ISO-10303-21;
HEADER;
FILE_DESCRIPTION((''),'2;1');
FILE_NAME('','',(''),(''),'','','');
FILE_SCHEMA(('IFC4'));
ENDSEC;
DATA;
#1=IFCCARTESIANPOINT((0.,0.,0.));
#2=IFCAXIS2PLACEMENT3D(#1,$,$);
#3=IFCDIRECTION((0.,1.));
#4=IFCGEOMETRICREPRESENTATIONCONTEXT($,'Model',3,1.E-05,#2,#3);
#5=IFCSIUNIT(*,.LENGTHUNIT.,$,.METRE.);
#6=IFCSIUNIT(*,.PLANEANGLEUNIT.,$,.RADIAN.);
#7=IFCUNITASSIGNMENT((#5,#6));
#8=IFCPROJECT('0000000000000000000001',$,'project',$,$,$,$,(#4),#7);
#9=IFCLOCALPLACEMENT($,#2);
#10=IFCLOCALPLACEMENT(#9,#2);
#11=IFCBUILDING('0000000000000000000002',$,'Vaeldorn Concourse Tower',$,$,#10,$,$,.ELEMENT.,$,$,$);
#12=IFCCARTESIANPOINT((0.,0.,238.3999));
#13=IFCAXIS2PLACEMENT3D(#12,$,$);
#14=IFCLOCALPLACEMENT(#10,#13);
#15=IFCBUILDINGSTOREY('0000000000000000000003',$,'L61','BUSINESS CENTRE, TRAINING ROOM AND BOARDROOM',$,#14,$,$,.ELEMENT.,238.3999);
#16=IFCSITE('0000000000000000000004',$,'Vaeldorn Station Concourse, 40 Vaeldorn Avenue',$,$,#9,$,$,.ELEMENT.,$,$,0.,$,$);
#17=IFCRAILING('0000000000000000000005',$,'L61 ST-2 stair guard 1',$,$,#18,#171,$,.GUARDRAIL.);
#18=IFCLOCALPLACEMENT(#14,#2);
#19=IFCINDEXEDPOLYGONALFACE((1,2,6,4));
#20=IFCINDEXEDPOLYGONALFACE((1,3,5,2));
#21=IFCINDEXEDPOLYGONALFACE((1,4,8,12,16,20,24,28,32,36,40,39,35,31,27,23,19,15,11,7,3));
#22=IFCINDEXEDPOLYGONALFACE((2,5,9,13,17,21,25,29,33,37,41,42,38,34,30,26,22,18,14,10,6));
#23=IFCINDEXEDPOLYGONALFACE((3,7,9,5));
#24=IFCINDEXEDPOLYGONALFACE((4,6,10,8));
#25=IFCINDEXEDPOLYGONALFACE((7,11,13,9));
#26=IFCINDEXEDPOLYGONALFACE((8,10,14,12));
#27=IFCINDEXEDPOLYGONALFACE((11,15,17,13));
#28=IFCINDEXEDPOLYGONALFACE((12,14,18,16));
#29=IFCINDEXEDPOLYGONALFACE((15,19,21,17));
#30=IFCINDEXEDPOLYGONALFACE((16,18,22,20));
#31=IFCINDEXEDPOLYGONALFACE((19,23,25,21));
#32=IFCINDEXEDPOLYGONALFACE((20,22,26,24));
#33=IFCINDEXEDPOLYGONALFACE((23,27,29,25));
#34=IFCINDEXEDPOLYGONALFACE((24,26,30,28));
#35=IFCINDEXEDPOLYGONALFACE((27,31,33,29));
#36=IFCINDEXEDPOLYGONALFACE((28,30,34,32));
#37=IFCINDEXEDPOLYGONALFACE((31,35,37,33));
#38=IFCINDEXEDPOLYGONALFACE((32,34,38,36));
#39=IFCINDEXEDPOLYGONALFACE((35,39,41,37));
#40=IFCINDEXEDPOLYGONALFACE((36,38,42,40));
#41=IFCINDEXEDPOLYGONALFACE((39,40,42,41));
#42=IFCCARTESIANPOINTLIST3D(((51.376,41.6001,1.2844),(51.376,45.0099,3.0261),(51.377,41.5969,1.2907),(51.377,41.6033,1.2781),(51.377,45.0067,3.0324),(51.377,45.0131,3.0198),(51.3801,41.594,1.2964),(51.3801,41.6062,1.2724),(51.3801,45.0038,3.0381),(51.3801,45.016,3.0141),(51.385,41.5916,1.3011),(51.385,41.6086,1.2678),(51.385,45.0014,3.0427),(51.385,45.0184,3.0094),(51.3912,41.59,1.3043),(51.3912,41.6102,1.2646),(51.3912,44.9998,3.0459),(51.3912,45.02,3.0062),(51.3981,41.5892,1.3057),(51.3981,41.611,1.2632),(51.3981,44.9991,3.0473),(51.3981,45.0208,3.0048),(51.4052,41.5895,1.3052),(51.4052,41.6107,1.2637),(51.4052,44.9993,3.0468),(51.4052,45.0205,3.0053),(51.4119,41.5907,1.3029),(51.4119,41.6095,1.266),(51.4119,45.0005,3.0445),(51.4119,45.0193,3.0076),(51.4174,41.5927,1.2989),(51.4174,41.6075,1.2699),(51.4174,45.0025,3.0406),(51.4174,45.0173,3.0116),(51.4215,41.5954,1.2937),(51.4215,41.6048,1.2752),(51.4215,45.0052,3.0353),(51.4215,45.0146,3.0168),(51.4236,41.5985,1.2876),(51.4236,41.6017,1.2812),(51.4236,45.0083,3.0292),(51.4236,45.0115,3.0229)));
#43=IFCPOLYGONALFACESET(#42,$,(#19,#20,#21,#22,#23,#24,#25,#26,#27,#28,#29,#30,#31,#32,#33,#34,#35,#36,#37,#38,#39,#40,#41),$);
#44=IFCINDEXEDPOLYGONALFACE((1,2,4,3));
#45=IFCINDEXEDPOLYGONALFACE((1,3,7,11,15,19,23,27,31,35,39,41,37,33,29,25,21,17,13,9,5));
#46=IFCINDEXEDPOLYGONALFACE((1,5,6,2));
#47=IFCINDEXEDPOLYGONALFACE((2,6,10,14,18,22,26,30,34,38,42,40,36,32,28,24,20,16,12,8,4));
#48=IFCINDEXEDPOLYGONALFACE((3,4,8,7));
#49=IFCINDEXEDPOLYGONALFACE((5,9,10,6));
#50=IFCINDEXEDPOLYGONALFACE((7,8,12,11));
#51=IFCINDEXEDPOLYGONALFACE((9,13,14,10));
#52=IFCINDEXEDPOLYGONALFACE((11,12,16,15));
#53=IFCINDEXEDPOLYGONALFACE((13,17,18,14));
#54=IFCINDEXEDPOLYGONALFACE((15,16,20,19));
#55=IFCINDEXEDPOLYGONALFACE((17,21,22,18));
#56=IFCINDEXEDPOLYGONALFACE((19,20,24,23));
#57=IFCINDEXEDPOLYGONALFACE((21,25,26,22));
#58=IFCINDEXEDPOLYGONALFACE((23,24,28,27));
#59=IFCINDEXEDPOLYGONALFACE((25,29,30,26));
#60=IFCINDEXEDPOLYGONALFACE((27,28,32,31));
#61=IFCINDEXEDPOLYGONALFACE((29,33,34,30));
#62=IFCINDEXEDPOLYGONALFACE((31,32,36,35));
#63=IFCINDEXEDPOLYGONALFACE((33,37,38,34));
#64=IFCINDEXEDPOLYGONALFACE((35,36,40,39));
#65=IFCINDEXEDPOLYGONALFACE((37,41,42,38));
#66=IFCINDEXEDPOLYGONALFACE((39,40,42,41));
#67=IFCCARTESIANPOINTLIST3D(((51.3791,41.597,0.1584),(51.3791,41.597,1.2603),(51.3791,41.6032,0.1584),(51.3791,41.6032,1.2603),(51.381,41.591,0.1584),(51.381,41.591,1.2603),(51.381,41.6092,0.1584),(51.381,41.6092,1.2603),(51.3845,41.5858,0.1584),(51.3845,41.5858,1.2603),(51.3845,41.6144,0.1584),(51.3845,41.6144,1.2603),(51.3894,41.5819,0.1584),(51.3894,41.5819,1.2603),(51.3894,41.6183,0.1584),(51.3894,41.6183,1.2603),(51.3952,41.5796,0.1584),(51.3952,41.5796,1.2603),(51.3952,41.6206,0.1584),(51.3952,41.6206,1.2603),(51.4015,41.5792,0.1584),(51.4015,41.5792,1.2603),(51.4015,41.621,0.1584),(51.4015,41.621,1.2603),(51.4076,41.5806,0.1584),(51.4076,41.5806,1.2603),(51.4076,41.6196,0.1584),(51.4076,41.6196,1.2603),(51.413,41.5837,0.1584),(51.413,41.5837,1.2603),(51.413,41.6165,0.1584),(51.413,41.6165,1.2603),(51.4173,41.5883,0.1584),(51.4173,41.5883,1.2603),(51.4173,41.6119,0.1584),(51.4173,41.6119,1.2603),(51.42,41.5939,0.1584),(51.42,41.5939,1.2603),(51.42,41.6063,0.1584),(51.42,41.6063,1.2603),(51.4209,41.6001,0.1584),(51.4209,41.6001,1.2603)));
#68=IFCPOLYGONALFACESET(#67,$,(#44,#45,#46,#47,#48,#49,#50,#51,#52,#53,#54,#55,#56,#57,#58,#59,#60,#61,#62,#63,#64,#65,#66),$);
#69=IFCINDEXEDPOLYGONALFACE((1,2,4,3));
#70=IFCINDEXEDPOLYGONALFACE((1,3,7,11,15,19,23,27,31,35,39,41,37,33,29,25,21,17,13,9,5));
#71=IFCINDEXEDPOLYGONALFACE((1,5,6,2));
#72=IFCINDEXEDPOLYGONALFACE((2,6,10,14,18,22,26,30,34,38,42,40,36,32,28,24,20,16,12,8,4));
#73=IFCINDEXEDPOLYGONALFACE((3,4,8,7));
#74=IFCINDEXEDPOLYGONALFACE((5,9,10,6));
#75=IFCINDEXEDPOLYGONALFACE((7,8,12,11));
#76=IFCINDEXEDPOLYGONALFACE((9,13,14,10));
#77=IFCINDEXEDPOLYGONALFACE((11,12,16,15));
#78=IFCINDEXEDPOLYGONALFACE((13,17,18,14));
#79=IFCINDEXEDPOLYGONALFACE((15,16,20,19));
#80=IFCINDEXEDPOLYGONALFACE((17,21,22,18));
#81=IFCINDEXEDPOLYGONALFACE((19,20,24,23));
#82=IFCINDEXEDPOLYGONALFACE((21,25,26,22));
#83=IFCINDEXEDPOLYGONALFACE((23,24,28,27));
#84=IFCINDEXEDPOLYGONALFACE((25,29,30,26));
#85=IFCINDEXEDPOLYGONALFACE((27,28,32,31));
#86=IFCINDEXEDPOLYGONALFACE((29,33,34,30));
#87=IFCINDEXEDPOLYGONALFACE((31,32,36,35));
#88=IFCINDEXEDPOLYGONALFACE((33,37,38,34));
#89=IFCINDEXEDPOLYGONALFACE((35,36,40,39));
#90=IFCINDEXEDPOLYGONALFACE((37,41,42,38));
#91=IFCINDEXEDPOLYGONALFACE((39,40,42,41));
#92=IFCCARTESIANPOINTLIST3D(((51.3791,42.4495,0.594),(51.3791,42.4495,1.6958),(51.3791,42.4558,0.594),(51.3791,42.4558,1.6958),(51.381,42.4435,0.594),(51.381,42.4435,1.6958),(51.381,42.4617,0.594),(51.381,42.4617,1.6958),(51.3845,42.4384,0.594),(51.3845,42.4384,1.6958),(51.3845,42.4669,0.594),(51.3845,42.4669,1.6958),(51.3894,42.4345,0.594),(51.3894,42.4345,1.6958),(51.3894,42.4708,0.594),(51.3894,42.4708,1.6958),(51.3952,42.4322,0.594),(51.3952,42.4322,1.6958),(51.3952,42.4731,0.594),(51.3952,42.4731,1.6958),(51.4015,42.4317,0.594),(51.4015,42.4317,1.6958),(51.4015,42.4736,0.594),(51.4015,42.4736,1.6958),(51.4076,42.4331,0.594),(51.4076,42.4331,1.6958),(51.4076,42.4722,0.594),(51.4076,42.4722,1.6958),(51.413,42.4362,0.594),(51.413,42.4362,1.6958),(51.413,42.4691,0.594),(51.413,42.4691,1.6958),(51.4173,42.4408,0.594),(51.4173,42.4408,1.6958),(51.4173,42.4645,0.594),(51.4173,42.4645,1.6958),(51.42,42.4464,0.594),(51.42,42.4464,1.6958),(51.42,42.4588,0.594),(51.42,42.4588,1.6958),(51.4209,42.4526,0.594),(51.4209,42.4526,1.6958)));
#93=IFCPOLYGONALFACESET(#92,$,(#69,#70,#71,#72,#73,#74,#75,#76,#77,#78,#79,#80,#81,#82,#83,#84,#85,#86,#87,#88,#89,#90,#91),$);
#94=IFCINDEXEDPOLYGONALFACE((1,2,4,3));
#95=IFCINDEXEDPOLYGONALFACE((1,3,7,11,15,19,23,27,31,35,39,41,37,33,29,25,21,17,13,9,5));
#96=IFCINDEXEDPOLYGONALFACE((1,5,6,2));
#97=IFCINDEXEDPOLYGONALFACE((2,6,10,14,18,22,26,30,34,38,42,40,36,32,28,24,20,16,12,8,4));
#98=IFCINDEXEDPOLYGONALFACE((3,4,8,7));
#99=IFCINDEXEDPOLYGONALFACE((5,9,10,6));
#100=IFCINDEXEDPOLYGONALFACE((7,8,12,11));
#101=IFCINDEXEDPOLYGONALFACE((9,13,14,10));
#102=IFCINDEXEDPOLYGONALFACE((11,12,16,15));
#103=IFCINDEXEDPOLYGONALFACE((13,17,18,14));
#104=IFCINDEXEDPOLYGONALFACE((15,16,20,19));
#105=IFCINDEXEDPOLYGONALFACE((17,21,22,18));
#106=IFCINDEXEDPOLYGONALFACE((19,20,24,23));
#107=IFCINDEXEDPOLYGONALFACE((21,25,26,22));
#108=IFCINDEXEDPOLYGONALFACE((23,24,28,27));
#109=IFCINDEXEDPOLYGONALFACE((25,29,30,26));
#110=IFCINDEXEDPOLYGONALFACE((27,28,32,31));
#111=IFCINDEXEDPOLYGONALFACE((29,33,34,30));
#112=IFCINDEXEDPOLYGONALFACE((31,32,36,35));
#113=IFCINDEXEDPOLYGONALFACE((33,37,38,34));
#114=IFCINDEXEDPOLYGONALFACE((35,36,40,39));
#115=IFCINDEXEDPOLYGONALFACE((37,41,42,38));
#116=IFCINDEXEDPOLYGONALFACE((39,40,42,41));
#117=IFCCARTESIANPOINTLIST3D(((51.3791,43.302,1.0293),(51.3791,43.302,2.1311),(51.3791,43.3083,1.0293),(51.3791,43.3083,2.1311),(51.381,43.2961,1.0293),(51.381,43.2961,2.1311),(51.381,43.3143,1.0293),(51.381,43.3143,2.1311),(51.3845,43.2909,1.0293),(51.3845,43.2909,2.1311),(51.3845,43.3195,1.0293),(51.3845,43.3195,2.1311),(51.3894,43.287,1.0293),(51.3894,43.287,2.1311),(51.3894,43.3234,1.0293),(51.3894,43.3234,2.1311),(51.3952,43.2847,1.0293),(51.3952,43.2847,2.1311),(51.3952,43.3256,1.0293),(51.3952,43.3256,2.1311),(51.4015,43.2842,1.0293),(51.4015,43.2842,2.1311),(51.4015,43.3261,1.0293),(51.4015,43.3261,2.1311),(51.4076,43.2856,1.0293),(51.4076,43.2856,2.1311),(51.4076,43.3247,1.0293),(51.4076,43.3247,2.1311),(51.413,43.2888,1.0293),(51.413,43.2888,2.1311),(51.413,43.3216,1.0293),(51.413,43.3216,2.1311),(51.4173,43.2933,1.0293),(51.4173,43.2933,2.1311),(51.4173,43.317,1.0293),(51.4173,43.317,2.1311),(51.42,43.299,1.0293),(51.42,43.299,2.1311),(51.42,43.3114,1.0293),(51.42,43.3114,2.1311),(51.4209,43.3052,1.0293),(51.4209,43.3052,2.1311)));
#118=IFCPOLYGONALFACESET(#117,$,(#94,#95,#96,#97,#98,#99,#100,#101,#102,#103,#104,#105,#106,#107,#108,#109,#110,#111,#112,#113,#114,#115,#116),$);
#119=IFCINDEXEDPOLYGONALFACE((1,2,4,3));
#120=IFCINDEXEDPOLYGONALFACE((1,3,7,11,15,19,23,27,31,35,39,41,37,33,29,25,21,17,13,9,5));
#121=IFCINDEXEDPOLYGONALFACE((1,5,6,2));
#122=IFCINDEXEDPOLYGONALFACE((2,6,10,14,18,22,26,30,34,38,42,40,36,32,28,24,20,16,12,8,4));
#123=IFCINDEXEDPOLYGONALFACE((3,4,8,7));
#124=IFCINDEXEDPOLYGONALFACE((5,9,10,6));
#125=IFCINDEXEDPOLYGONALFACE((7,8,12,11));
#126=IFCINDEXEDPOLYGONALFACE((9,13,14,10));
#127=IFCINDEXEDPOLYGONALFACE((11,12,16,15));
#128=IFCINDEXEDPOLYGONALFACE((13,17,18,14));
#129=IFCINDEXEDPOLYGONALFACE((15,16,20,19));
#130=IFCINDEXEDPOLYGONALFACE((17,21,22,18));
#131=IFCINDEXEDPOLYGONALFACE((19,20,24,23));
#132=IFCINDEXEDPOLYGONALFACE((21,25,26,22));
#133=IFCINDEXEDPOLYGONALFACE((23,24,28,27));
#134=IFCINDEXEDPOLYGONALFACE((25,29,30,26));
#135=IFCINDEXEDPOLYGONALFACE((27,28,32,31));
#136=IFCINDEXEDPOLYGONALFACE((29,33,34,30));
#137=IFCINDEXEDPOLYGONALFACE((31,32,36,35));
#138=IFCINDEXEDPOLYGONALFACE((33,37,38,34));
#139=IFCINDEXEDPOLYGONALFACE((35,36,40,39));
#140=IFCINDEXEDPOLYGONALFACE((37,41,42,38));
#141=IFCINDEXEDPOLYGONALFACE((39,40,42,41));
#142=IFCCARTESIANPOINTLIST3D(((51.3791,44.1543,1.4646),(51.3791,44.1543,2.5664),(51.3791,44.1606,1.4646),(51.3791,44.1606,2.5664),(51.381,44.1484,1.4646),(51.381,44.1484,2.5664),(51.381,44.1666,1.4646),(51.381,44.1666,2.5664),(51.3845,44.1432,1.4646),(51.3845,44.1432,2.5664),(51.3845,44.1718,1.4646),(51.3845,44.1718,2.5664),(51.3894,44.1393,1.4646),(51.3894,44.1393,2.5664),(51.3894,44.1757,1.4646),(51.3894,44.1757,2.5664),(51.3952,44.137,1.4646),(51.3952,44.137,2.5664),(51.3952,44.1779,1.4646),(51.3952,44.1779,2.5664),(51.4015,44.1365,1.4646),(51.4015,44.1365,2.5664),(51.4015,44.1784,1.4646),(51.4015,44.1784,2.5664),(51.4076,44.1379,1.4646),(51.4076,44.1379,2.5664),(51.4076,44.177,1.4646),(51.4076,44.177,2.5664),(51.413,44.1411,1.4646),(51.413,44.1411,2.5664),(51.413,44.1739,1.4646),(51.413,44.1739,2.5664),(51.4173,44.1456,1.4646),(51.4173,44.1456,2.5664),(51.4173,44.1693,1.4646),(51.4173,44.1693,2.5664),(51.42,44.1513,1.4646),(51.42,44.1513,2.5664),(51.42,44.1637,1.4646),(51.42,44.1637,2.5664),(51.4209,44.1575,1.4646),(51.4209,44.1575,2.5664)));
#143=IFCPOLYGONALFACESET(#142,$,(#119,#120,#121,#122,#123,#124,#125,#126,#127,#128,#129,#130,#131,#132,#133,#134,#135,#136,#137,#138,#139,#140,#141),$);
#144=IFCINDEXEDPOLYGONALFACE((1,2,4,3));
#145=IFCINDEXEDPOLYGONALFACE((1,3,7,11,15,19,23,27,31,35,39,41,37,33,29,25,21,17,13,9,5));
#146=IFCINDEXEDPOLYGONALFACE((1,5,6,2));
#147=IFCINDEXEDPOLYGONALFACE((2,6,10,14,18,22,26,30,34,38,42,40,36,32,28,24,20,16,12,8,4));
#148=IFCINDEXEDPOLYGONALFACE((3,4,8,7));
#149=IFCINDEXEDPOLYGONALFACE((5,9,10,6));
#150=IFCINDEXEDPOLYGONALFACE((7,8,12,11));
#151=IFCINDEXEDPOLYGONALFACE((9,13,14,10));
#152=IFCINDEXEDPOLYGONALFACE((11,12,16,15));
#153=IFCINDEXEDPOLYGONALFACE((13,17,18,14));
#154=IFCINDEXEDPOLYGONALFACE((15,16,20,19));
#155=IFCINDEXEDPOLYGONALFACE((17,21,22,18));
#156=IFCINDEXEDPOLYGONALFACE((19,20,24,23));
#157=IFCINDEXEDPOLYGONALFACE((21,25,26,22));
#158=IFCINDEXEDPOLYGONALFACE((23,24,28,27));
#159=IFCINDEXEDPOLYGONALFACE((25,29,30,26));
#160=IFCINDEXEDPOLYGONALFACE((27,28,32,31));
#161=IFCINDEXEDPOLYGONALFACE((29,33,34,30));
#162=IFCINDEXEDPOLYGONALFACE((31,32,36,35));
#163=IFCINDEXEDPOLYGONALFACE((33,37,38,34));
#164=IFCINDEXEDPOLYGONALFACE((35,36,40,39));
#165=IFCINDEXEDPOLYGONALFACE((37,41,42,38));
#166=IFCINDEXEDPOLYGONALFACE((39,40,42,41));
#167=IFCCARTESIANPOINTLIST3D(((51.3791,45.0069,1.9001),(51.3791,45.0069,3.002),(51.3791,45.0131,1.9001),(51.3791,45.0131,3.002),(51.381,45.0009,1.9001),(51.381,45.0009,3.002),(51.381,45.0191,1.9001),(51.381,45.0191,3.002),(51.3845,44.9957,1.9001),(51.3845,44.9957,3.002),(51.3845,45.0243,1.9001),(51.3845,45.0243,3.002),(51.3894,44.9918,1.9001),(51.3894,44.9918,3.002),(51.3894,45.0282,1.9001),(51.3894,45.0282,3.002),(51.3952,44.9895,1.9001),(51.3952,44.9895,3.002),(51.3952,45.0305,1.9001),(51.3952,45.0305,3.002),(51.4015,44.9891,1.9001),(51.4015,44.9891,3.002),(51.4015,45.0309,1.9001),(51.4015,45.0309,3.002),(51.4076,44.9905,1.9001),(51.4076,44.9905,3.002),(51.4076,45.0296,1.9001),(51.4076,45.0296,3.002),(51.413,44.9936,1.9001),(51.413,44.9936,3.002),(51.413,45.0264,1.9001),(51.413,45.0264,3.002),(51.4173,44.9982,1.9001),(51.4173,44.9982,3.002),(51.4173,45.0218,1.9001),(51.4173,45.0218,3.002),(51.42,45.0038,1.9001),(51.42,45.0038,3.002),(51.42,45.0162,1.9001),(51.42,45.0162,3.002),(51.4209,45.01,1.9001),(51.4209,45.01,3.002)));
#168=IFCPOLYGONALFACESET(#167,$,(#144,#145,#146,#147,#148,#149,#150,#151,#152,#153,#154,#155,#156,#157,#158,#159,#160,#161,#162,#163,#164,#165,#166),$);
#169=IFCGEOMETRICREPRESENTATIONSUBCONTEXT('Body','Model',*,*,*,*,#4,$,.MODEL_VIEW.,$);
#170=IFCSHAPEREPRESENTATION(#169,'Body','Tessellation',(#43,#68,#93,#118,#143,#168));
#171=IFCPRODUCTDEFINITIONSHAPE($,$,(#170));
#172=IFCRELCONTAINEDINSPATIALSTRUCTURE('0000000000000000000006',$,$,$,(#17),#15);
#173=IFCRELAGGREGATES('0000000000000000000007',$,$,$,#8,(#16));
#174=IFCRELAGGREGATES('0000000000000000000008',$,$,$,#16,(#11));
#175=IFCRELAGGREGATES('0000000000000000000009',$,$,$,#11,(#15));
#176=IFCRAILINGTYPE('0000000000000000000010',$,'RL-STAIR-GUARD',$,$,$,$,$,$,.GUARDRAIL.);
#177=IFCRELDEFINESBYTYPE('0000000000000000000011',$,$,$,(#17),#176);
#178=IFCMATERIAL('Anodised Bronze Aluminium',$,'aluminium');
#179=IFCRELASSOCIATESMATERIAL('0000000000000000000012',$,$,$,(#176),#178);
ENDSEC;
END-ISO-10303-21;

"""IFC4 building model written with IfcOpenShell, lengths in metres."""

from ifc_helpers import new_model, si_unit, direction, frame, origin, origin_2d, place, context, subcontext, project, spatial, circle, extrude, material, type_object, element, save


model = new_model("IFC4")

# Units and contexts
model_context = context("Model", 3, precision=1e-05, world=origin(), true_north=direction((0.0, 1.0)))
body_context = subcontext(model_context, "Body", "Model", "MODEL_VIEW")
ifc_project = project(units=[si_unit("LENGTHUNIT", "METRE"), si_unit("PLANEANGLEUNIT", "RADIAN")], contexts=[model_context])

# Site, building, storey
site_placement = place(None, origin())
site = spatial("IfcSite", under=ifc_project, at=site_placement, Name="Vaeldorn Station Concourse, 40 Vaeldorn Avenue", CompositionType="ELEMENT", RefElevation=0.0)
building_placement = place(site_placement, origin())
building = spatial("IfcBuilding", under=site, at=building_placement, Name="Vaeldorn Concourse Tower", CompositionType="ELEMENT")
storey_placement = place(building_placement, frame((0.0, 0.0, 238.3999)))
storey = spatial("IfcBuildingStorey", under=building, at=storey_placement, Name="L61", Description="BUSINESS CENTRE, TRAINING ROOM AND BOARDROOM", CompositionType="ELEMENT", Elevation=238.3999)

# Shared definitions
ifc_material_1 = material(Name="Anodised Bronze Aluminium", Category="aluminium")

# Railing
railing_type_1 = type_object("IfcRailingType", Name="RL-STAIR-GUARD", PredefinedType="GUARDRAIL", material=ifc_material_1)
railing_1_placement = place(storey_placement, frame((51.3999, 41.6001, 0.1584)))
element("IfcRailing", 1, at=railing_1_placement, inside=storey, type_object=railing_type_1, Name="L61 ST-2 stair guard 1", PredefinedType="GUARDRAIL", context=body_context, shape_type="SweptSolid", body=[
    extrude(circle(Radius=0.0239, at=origin_2d()), frame((0.0, 0.0, 1.126), z_axis=(0.0, 0.890556, 0.454874), x_axis=(-1.0, 0.0, 0.0)), (0.0, 0.0, 1.0), 3.8289),
    extrude(circle(Radius=0.021, at=origin_2d()), origin(), (0.0, 0.0, 1.0), 1.1018),
    extrude(circle(Radius=0.021, at=origin_2d()), frame((0.0, 0.8525, 0.4355)), (0.0, 0.0, 1.0), 1.1018),
    extrude(circle(Radius=0.021, at=origin_2d()), frame((0.0, 1.7051, 0.8708)), (0.0, 0.0, 1.0), 1.1018),
    extrude(circle(Radius=0.021, at=origin_2d()), frame((0.0, 2.5574, 1.3062)), (0.0, 0.0, 1.0), 1.1018),
    extrude(circle(Radius=0.021, at=origin_2d()), frame((0.0, 3.4099, 1.7417)), (0.0, 0.0, 1.0), 1.1018),
])

save(model, "model.ifc")
